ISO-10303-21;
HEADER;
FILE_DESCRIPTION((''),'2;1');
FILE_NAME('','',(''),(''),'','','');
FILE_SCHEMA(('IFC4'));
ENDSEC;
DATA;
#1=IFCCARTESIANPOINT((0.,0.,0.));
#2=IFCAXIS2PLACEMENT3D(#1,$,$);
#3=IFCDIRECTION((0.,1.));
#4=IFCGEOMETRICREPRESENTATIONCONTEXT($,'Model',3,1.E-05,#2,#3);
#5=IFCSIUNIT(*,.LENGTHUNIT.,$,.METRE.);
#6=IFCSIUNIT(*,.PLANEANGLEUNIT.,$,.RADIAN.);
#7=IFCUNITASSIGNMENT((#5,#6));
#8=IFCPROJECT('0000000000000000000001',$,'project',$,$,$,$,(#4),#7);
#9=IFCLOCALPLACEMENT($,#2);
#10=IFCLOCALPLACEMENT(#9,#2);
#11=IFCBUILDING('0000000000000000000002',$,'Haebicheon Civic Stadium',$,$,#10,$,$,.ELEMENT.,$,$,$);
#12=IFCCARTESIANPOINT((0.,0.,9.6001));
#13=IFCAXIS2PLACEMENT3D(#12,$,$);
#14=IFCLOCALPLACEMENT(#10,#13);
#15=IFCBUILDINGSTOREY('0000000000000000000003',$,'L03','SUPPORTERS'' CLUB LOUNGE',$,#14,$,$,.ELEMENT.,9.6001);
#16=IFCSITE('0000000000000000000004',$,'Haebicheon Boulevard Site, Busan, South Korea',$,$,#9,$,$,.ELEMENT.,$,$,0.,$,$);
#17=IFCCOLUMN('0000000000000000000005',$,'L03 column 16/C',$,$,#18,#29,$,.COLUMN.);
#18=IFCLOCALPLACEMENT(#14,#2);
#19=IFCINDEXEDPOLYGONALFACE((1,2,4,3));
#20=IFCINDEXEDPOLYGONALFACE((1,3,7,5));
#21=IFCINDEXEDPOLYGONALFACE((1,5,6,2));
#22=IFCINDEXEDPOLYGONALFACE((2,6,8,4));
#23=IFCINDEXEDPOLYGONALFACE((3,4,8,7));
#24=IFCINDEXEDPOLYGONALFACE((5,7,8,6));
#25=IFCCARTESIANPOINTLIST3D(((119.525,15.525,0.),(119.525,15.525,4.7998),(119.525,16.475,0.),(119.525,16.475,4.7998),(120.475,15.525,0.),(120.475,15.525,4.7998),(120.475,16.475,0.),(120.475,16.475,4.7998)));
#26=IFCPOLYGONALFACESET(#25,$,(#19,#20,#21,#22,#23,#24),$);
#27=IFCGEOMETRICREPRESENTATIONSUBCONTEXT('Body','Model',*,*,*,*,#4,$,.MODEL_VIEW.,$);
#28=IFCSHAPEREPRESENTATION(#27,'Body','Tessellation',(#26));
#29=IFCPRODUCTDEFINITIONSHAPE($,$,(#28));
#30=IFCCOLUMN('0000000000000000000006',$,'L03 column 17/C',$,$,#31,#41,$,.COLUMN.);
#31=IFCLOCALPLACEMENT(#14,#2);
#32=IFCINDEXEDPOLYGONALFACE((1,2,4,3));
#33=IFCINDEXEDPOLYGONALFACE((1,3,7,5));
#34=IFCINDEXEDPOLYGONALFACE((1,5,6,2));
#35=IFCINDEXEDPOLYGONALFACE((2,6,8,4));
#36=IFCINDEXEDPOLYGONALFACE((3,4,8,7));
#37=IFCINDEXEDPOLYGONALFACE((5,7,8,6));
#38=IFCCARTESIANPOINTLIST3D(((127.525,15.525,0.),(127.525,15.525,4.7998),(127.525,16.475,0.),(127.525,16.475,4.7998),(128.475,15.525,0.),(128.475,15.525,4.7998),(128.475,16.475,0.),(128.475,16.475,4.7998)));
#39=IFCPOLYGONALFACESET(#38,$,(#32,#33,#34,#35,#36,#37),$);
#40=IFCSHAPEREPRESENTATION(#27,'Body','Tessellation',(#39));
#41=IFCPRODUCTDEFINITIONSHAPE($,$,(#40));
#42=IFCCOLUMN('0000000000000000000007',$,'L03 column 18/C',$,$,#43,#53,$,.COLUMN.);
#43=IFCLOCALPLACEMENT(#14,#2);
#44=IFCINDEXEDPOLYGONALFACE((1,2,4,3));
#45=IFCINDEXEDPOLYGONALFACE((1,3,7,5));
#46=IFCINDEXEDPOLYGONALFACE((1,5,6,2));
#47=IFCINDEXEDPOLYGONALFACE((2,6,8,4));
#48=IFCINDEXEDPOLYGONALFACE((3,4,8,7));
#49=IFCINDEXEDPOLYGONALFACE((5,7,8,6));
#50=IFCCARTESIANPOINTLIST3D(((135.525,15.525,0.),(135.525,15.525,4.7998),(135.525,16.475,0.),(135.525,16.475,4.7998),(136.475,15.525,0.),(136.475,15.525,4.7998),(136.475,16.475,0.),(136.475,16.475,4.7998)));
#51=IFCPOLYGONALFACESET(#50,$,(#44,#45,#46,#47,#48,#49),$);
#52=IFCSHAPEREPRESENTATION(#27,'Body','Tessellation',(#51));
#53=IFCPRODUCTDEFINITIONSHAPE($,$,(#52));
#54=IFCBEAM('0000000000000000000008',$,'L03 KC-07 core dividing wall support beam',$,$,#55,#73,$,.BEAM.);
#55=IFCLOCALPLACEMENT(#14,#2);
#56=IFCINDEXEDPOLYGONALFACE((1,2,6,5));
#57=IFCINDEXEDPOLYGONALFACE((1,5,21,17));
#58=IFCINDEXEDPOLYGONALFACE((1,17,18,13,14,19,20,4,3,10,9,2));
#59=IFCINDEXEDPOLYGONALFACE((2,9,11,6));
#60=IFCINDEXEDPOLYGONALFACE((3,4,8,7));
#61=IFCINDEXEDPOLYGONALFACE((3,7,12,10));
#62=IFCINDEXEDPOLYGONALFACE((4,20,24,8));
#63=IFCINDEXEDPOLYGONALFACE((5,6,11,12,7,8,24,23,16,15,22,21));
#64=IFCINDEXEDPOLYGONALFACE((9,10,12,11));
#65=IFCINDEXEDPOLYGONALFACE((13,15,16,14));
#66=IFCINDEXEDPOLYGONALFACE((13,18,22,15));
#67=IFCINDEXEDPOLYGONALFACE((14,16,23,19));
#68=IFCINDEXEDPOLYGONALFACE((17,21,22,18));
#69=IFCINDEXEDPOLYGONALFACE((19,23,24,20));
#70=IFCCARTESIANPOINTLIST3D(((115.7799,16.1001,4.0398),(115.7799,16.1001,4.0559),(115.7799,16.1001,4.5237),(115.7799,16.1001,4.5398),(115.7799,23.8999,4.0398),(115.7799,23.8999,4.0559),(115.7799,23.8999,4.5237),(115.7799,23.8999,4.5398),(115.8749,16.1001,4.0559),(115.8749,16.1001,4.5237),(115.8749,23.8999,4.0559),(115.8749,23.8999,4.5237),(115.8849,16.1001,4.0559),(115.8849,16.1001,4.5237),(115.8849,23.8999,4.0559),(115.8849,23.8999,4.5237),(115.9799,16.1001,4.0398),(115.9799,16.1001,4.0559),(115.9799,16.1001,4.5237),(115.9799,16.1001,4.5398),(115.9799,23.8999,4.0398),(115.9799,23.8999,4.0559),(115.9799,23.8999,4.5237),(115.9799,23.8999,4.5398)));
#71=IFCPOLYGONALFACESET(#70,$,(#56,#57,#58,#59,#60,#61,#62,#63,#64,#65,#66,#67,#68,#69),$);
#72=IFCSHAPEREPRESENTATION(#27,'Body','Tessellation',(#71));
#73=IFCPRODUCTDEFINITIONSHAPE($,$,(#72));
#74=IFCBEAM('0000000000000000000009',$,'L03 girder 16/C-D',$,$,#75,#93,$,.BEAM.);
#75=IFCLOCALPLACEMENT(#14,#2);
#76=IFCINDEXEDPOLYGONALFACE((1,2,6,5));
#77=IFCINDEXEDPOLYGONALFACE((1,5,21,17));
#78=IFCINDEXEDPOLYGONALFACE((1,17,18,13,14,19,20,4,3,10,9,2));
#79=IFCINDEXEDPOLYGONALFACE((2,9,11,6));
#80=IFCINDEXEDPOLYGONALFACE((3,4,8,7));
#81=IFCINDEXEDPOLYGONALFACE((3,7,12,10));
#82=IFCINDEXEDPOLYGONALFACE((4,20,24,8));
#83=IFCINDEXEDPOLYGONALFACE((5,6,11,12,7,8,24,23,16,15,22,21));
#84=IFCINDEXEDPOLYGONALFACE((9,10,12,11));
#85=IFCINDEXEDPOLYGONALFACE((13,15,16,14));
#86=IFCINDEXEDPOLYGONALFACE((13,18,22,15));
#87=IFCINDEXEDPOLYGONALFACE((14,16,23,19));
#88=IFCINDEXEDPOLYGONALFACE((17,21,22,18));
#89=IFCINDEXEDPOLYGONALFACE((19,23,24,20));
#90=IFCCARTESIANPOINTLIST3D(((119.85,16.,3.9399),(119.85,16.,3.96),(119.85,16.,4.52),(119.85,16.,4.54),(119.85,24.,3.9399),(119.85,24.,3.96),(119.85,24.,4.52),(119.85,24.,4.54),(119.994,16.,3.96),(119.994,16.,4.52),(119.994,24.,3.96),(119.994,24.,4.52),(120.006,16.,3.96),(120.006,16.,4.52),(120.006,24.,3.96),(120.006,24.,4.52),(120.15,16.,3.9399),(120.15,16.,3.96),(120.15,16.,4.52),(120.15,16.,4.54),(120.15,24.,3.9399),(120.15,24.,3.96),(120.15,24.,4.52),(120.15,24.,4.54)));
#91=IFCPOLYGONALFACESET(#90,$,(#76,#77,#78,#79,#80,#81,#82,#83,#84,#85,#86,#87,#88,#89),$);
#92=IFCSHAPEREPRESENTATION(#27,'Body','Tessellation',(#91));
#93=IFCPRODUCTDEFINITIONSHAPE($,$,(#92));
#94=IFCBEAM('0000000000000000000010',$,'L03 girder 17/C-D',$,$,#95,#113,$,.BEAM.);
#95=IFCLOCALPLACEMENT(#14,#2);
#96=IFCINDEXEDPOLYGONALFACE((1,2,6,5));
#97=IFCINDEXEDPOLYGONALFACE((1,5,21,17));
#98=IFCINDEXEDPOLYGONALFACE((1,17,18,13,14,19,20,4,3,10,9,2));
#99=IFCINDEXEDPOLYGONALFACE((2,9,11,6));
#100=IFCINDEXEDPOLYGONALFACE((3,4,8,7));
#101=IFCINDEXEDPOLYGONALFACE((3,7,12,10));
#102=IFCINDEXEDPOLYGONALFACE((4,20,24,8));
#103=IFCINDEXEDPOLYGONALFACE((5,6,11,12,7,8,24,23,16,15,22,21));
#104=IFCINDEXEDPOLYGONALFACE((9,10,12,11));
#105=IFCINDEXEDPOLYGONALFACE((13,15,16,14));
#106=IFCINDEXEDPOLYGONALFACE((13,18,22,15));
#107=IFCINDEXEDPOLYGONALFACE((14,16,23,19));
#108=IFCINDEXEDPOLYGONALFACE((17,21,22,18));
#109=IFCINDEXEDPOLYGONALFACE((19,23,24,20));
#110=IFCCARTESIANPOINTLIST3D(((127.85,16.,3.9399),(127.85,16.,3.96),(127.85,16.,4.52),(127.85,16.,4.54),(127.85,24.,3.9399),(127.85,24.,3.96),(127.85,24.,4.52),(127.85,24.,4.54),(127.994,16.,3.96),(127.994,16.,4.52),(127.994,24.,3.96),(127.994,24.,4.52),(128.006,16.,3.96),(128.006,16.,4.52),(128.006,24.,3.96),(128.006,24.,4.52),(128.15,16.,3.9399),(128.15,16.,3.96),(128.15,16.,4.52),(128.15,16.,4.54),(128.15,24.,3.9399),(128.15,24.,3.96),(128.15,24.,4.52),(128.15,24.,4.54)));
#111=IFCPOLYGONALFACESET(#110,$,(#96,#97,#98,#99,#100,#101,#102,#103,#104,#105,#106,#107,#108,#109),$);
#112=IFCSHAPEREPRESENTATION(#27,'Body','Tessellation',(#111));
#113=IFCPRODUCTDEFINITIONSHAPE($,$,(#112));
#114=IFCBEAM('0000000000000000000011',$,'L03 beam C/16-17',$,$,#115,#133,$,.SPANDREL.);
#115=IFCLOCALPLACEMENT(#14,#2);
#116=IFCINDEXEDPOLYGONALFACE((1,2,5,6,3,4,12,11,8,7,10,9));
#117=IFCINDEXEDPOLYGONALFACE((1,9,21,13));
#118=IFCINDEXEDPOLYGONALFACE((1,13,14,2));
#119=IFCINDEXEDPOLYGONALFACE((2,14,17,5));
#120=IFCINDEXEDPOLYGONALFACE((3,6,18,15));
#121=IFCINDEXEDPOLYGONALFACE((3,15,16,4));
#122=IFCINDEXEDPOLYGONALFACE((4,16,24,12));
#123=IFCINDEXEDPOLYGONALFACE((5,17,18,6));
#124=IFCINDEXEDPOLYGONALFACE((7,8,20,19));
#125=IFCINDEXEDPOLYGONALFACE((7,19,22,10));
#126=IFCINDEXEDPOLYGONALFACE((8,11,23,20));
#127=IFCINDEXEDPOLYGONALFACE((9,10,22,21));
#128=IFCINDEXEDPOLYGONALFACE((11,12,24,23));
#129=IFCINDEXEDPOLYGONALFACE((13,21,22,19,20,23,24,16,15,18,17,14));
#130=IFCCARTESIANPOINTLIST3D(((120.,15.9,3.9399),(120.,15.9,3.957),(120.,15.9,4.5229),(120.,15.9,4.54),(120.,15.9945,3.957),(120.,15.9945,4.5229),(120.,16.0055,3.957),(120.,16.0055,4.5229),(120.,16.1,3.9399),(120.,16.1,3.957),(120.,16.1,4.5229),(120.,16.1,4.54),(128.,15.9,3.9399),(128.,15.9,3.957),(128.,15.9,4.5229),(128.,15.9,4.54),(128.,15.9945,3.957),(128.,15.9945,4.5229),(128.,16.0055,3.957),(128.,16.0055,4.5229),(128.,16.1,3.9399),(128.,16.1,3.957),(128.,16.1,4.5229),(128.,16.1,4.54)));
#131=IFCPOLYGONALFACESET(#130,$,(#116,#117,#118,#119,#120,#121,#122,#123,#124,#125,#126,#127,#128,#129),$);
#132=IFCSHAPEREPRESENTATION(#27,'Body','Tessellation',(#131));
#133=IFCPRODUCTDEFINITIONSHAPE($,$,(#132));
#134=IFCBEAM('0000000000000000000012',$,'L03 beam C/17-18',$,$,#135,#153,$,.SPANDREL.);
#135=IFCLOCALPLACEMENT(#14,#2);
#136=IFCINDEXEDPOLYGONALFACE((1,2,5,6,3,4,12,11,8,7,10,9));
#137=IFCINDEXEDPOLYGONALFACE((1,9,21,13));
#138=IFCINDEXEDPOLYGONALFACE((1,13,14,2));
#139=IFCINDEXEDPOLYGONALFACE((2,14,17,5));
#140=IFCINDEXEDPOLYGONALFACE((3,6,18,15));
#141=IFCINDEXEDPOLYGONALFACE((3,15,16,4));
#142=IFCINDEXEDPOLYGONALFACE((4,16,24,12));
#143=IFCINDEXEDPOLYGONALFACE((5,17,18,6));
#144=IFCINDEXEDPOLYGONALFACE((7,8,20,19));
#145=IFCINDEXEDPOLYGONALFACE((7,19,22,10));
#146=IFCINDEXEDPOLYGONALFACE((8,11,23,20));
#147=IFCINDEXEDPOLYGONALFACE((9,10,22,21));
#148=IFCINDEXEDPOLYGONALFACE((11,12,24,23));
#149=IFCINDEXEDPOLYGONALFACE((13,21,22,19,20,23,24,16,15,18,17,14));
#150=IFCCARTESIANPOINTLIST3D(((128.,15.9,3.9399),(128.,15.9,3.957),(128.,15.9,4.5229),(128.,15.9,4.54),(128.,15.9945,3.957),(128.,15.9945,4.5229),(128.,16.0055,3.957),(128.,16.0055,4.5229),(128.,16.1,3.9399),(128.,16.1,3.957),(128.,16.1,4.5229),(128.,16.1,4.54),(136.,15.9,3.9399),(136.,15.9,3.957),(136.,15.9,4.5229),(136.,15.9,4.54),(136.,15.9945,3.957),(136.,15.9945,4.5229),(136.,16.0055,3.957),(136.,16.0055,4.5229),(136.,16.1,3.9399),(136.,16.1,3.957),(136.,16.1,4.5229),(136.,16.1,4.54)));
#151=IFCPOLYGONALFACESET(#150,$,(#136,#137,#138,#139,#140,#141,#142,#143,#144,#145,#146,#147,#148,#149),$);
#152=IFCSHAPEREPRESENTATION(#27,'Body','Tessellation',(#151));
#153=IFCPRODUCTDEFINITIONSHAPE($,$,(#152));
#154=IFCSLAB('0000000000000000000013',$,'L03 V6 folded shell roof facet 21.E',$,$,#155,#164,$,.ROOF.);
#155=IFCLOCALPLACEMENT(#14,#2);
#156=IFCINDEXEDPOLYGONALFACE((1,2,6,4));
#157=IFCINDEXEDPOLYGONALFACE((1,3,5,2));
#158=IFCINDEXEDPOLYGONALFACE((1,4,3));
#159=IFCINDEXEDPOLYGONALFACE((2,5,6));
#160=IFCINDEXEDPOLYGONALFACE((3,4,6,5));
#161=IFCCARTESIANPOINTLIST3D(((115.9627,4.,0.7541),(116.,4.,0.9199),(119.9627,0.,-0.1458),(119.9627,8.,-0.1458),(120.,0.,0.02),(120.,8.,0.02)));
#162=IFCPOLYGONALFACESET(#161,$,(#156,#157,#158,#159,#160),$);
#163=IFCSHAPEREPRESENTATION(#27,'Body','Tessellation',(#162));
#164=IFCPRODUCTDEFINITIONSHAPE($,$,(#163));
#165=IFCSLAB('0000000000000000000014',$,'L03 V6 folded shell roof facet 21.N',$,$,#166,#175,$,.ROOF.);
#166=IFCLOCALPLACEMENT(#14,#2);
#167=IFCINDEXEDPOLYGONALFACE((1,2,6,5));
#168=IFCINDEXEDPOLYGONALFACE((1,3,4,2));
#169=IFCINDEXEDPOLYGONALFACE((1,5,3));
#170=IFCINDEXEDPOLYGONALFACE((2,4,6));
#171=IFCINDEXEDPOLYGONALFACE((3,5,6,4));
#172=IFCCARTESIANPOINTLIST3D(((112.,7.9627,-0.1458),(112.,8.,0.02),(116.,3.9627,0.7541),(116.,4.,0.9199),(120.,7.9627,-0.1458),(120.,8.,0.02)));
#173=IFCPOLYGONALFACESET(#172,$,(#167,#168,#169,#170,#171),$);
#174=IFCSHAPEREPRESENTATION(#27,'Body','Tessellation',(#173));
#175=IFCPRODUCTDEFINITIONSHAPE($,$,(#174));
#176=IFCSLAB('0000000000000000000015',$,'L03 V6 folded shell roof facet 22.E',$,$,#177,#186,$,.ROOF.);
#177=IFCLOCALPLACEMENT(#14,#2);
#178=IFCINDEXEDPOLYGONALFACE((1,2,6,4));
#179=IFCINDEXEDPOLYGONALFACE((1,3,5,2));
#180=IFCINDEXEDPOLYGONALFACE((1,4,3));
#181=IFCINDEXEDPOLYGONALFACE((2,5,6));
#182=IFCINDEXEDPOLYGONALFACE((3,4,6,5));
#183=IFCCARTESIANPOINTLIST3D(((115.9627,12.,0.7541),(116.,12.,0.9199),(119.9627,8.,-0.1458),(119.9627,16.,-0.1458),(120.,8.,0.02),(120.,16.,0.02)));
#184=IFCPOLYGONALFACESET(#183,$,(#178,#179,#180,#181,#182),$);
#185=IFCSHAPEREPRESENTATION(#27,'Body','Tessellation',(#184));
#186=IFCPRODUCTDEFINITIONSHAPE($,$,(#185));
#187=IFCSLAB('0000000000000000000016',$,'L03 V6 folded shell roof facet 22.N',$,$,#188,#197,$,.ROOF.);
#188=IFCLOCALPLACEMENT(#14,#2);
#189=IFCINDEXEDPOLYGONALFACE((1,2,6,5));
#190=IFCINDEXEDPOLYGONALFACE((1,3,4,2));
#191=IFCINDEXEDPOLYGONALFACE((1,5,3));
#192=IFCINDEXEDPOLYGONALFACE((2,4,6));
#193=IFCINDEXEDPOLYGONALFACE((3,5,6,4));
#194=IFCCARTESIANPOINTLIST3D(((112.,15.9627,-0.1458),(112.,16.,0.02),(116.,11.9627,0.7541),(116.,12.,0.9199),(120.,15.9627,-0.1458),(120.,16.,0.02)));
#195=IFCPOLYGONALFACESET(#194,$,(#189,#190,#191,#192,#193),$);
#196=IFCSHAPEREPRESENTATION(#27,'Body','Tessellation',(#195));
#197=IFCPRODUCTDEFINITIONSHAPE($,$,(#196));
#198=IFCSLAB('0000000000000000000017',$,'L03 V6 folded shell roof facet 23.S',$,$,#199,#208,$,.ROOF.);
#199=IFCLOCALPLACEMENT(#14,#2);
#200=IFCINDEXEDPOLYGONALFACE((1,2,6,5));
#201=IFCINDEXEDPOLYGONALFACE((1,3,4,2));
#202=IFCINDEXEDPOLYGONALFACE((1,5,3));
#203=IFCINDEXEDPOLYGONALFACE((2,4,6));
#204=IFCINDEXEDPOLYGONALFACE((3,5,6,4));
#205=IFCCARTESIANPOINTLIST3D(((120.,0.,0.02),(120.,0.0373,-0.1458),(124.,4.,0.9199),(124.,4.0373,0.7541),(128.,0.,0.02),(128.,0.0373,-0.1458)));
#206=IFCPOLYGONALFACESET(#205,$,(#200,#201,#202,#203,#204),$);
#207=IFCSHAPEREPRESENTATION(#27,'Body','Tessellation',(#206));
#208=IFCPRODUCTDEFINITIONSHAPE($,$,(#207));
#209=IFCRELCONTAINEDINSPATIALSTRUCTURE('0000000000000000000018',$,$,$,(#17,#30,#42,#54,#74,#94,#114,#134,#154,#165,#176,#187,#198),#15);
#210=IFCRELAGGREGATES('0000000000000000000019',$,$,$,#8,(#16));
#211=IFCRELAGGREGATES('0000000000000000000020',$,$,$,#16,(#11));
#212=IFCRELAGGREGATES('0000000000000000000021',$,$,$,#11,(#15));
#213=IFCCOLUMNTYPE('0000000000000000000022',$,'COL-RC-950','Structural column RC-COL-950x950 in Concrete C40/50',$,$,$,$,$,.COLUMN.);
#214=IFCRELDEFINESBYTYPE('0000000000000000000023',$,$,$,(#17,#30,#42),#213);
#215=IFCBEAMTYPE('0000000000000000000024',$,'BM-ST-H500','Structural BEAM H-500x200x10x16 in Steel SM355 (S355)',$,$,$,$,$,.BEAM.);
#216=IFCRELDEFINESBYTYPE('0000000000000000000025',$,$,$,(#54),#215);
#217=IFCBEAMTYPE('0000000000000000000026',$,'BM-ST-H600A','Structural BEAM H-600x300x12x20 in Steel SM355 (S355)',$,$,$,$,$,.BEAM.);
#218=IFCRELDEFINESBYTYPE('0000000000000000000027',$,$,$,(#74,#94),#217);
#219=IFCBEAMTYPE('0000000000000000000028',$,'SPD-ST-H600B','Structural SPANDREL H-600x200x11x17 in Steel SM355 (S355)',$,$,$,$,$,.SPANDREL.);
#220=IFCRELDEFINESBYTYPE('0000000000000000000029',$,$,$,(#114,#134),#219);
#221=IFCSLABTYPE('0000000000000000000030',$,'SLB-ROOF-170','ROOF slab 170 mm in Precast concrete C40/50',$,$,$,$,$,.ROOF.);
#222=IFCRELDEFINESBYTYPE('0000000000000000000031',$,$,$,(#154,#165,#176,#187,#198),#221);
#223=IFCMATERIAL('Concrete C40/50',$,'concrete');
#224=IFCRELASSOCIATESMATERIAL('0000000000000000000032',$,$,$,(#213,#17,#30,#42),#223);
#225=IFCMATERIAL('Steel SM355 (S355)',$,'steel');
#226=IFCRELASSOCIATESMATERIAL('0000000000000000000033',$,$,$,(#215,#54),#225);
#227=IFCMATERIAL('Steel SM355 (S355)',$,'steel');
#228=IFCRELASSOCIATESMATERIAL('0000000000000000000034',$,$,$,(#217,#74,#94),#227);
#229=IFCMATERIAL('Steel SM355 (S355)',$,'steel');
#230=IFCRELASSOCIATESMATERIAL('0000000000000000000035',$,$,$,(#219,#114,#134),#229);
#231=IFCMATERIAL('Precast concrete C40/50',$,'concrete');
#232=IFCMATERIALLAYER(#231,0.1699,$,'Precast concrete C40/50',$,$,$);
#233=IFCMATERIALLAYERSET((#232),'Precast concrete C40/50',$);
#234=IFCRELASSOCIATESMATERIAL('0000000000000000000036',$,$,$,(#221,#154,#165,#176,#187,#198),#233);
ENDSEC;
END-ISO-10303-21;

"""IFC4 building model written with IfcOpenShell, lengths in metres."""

from ifc_helpers import new_model, si_unit, direction, frame, origin, origin_2d, place, context, subcontext, project, spatial, polyline, rectangle, i_section, outline, extrude, material, layer, layer_set, material_profile, profile_set, type_object, element, save


model = new_model("IFC4")

# Units and contexts
model_context = context("Model", 3, precision=1e-05, world=origin(), true_north=direction((0.0, 1.0)))
body_context = subcontext(model_context, "Body", "Model", "MODEL_VIEW")
ifc_project = project(units=[si_unit("LENGTHUNIT", "METRE"), si_unit("PLANEANGLEUNIT", "RADIAN")], contexts=[model_context])

# Site, building, storey
site_placement = place(None, origin())
site = spatial("IfcSite", under=ifc_project, at=site_placement, Name="Haebicheon Boulevard Site, Busan, South Korea", CompositionType="ELEMENT", RefElevation=0.0)
building_placement = place(site_placement, origin())
building = spatial("IfcBuilding", under=site, at=building_placement, Name="Haebicheon Civic Stadium", CompositionType="ELEMENT")
storey_placement = place(building_placement, frame((0.0, 0.0, 9.6001)))
storey = spatial("IfcBuildingStorey", under=building, at=storey_placement, Name="L03", Description="SUPPORTERS' CLUB LOUNGE", CompositionType="ELEMENT", Elevation=9.6001)

# Columns
ifc_material_1 = material(Name="Concrete C40/50", Category="concrete")
ifc_material_profile_1 = material_profile(ifc_material_1, rectangle(XDim=0.95, YDim=0.95, at=origin_2d()), Name="RC-COL-950x950")
ifc_profile_set_1 = profile_set([ifc_material_profile_1], Name="Concrete C40/50")
column_type = type_object("IfcColumnType", Name="COL-RC-950", Description="Structural column RC-COL-950x950 in Concrete C40/50", PredefinedType="COLUMN", material=ifc_profile_set_1)
for number, where, z_axis, x_axis, name in (
    (1, (120.0, 16.0, 0.0), (0.0, 0.0, 1.0), (1.0, 0.0, 0.0), "L03 column 16/C"),
    (2, (128.0, 16.0, 0.0), (0.0, 0.0, 1.0), (1.0, 0.0, 0.0), "L03 column 17/C"),
    (3, (136.0, 16.0, 0.0), (0.0, 0.0, 1.0), (1.0, 0.0, 0.0), "L03 column 18/C"),
):
    element("IfcColumn", number, at=place(storey_placement, frame(where, z_axis=z_axis, x_axis=x_axis)), inside=storey, type_object=column_type, material=ifc_profile_set_1, Name=name, PredefinedType="COLUMN", context=body_context, shape_type="SweptSolid", body=[
        extrude(rectangle(XDim=0.95, YDim=0.95, at=origin_2d()), origin(), (0.0, 0.0, 1.0), 4.7998),
    ])

# Beams
ifc_material_2 = material(Name="Steel SM355 (S355)", Category="steel")
ifc_material_profile_2 = material_profile(ifc_material_2, i_section(OverallWidth=0.2, OverallDepth=0.5, WebThickness=0.01, FlangeThickness=0.0161, at=origin_2d()), Name="H-500x200x10x16")
ifc_profile_set_2 = profile_set([ifc_material_profile_2], Name="Steel SM355 (S355)")
beam_type_1 = type_object("IfcBeamType", Name="BM-ST-H500", Description="Structural BEAM H-500x200x10x16 in Steel SM355 (S355)", PredefinedType="BEAM", material=ifc_profile_set_2)
beam_placement = place(storey_placement, frame((115.8799, 16.1001, 4.2898), z_axis=(0.0, 1.0, 0.0), x_axis=(-1.0, 0.0, 0.0)))
element("IfcBeam", 4, at=beam_placement, inside=storey, type_object=beam_type_1, material=ifc_profile_set_2, Name="L03 KC-07 core dividing wall support beam", PredefinedType="BEAM", context=body_context, shape_type="SweptSolid", body=[
    extrude(i_section(OverallWidth=0.2, OverallDepth=0.5, WebThickness=0.01, FlangeThickness=0.0161, at=origin_2d()), origin(), (0.0, 0.0, 1.0), 7.7998),
])
ifc_material_3 = material(Name="Steel SM355 (S355)", Category="steel")
ifc_material_profile_3 = material_profile(ifc_material_3, i_section(OverallWidth=0.3, OverallDepth=0.6001, WebThickness=0.012, FlangeThickness=0.02, at=origin_2d()), Name="H-600x300x12x20")
ifc_profile_set_3 = profile_set([ifc_material_profile_3], Name="Steel SM355 (S355)")
beam_type_2 = type_object("IfcBeamType", Name="BM-ST-H600A", Description="Structural BEAM H-600x300x12x20 in Steel SM355 (S355)", PredefinedType="BEAM", material=ifc_profile_set_3)
for number, where, z_axis, x_axis, name in (
    (5, (120.0, 16.0, 4.24), (0.0, 1.0, 0.0), (-1.0, 0.0, 0.0), "L03 girder 16/C-D"),
    (6, (128.0, 16.0, 4.24), (0.0, 1.0, 0.0), (-1.0, 0.0, 0.0), "L03 girder 17/C-D"),
):
    element("IfcBeam", number, at=place(storey_placement, frame(where, z_axis=z_axis, x_axis=x_axis)), inside=storey, type_object=beam_type_2, material=ifc_profile_set_3, Name=name, PredefinedType="BEAM", context=body_context, shape_type="SweptSolid", body=[
        extrude(i_section(OverallWidth=0.3, OverallDepth=0.6001, WebThickness=0.012, FlangeThickness=0.02, at=origin_2d()), origin(), (0.0, 0.0, 1.0), 8.0),
    ])
ifc_material_4 = material(Name="Steel SM355 (S355)", Category="steel")
ifc_material_profile_4 = material_profile(ifc_material_4, i_section(OverallWidth=0.2, OverallDepth=0.6001, WebThickness=0.011, FlangeThickness=0.0171, at=origin_2d()), Name="H-600x200x11x17")
ifc_profile_set_4 = profile_set([ifc_material_profile_4], Name="Steel SM355 (S355)")
beam_type_3 = type_object("IfcBeamType", Name="SPD-ST-H600B", Description="Structural SPANDREL H-600x200x11x17 in Steel SM355 (S355)", PredefinedType="SPANDREL", material=ifc_profile_set_4)
for number, where, z_axis, x_axis, name in (
    (7, (120.0, 16.0, 4.24), (1.0, 0.0, 0.0), (0.0, 1.0, 0.0), "L03 beam C/16-17"),
    (8, (128.0, 16.0, 4.24), (1.0, 0.0, 0.0), (0.0, 1.0, 0.0), "L03 beam C/17-18"),
):
    element("IfcBeam", number, at=place(storey_placement, frame(where, z_axis=z_axis, x_axis=x_axis)), inside=storey, type_object=beam_type_3, material=ifc_profile_set_4, Name=name, PredefinedType="SPANDREL", context=body_context, shape_type="SweptSolid", body=[
        extrude(i_section(OverallWidth=0.2, OverallDepth=0.6001, WebThickness=0.011, FlangeThickness=0.0171, at=origin_2d()), origin(), (0.0, 0.0, 1.0), 8.0),
    ])

# Slabs
ifc_material_5 = material(Name="Precast concrete C40/50", Category="concrete")
ifc_layer_1 = layer(ifc_material_5, 0.1699, Name="Precast concrete C40/50")
ifc_layer_set_1 = layer_set([ifc_layer_1], Name="Precast concrete C40/50")
slab_type = type_object("IfcSlabType", Name="SLB-ROOF-170", Description="ROOF slab 170 mm in Precast concrete C40/50", PredefinedType="ROOF", material=ifc_layer_set_1)
for number, where, z_axis, x_axis, name in (
    (9, (120.0, 0.0, 0.02), (0.21949, 0.0, 0.975615), (0.0, 1.0, 0.0), "L03 V6 folded shell roof facet 21.E"),
    (10, (120.0, 8.0, 0.02), (0.0, 0.21949, 0.975615), (-1.0, 0.0, 0.0), "L03 V6 folded shell roof facet 21.N"),
    (11, (120.0, 8.0, 0.02), (0.21949, 0.0, 0.975615), (0.0, 1.0, 0.0), "L03 V6 folded shell roof facet 22.E"),
    (12, (120.0, 16.0, 0.02), (0.0, 0.21949, 0.975615), (-1.0, 0.0, 0.0), "L03 V6 folded shell roof facet 22.N"),
    (13, (120.0, 0.0, 0.02), (0.0, -0.21949, 0.975615), (1.0, 0.0, 0.0), "L03 V6 folded shell roof facet 23.S"),
):
    element("IfcSlab", number, at=place(storey_placement, frame(where, z_axis=z_axis, x_axis=x_axis)), inside=storey, type_object=slab_type, material=ifc_layer_set_1, Name=name, PredefinedType="ROOF", context=body_context, shape_type="SweptSolid", body=[
        extrude(outline(polyline([(0.0, 0.0), (8.0, 0.0), (4.0, 4.1), (0.0, 0.0)])), origin(), (0.0, 0.0, -1.0), 0.1699),
    ])

save(model, "model.ifc")
